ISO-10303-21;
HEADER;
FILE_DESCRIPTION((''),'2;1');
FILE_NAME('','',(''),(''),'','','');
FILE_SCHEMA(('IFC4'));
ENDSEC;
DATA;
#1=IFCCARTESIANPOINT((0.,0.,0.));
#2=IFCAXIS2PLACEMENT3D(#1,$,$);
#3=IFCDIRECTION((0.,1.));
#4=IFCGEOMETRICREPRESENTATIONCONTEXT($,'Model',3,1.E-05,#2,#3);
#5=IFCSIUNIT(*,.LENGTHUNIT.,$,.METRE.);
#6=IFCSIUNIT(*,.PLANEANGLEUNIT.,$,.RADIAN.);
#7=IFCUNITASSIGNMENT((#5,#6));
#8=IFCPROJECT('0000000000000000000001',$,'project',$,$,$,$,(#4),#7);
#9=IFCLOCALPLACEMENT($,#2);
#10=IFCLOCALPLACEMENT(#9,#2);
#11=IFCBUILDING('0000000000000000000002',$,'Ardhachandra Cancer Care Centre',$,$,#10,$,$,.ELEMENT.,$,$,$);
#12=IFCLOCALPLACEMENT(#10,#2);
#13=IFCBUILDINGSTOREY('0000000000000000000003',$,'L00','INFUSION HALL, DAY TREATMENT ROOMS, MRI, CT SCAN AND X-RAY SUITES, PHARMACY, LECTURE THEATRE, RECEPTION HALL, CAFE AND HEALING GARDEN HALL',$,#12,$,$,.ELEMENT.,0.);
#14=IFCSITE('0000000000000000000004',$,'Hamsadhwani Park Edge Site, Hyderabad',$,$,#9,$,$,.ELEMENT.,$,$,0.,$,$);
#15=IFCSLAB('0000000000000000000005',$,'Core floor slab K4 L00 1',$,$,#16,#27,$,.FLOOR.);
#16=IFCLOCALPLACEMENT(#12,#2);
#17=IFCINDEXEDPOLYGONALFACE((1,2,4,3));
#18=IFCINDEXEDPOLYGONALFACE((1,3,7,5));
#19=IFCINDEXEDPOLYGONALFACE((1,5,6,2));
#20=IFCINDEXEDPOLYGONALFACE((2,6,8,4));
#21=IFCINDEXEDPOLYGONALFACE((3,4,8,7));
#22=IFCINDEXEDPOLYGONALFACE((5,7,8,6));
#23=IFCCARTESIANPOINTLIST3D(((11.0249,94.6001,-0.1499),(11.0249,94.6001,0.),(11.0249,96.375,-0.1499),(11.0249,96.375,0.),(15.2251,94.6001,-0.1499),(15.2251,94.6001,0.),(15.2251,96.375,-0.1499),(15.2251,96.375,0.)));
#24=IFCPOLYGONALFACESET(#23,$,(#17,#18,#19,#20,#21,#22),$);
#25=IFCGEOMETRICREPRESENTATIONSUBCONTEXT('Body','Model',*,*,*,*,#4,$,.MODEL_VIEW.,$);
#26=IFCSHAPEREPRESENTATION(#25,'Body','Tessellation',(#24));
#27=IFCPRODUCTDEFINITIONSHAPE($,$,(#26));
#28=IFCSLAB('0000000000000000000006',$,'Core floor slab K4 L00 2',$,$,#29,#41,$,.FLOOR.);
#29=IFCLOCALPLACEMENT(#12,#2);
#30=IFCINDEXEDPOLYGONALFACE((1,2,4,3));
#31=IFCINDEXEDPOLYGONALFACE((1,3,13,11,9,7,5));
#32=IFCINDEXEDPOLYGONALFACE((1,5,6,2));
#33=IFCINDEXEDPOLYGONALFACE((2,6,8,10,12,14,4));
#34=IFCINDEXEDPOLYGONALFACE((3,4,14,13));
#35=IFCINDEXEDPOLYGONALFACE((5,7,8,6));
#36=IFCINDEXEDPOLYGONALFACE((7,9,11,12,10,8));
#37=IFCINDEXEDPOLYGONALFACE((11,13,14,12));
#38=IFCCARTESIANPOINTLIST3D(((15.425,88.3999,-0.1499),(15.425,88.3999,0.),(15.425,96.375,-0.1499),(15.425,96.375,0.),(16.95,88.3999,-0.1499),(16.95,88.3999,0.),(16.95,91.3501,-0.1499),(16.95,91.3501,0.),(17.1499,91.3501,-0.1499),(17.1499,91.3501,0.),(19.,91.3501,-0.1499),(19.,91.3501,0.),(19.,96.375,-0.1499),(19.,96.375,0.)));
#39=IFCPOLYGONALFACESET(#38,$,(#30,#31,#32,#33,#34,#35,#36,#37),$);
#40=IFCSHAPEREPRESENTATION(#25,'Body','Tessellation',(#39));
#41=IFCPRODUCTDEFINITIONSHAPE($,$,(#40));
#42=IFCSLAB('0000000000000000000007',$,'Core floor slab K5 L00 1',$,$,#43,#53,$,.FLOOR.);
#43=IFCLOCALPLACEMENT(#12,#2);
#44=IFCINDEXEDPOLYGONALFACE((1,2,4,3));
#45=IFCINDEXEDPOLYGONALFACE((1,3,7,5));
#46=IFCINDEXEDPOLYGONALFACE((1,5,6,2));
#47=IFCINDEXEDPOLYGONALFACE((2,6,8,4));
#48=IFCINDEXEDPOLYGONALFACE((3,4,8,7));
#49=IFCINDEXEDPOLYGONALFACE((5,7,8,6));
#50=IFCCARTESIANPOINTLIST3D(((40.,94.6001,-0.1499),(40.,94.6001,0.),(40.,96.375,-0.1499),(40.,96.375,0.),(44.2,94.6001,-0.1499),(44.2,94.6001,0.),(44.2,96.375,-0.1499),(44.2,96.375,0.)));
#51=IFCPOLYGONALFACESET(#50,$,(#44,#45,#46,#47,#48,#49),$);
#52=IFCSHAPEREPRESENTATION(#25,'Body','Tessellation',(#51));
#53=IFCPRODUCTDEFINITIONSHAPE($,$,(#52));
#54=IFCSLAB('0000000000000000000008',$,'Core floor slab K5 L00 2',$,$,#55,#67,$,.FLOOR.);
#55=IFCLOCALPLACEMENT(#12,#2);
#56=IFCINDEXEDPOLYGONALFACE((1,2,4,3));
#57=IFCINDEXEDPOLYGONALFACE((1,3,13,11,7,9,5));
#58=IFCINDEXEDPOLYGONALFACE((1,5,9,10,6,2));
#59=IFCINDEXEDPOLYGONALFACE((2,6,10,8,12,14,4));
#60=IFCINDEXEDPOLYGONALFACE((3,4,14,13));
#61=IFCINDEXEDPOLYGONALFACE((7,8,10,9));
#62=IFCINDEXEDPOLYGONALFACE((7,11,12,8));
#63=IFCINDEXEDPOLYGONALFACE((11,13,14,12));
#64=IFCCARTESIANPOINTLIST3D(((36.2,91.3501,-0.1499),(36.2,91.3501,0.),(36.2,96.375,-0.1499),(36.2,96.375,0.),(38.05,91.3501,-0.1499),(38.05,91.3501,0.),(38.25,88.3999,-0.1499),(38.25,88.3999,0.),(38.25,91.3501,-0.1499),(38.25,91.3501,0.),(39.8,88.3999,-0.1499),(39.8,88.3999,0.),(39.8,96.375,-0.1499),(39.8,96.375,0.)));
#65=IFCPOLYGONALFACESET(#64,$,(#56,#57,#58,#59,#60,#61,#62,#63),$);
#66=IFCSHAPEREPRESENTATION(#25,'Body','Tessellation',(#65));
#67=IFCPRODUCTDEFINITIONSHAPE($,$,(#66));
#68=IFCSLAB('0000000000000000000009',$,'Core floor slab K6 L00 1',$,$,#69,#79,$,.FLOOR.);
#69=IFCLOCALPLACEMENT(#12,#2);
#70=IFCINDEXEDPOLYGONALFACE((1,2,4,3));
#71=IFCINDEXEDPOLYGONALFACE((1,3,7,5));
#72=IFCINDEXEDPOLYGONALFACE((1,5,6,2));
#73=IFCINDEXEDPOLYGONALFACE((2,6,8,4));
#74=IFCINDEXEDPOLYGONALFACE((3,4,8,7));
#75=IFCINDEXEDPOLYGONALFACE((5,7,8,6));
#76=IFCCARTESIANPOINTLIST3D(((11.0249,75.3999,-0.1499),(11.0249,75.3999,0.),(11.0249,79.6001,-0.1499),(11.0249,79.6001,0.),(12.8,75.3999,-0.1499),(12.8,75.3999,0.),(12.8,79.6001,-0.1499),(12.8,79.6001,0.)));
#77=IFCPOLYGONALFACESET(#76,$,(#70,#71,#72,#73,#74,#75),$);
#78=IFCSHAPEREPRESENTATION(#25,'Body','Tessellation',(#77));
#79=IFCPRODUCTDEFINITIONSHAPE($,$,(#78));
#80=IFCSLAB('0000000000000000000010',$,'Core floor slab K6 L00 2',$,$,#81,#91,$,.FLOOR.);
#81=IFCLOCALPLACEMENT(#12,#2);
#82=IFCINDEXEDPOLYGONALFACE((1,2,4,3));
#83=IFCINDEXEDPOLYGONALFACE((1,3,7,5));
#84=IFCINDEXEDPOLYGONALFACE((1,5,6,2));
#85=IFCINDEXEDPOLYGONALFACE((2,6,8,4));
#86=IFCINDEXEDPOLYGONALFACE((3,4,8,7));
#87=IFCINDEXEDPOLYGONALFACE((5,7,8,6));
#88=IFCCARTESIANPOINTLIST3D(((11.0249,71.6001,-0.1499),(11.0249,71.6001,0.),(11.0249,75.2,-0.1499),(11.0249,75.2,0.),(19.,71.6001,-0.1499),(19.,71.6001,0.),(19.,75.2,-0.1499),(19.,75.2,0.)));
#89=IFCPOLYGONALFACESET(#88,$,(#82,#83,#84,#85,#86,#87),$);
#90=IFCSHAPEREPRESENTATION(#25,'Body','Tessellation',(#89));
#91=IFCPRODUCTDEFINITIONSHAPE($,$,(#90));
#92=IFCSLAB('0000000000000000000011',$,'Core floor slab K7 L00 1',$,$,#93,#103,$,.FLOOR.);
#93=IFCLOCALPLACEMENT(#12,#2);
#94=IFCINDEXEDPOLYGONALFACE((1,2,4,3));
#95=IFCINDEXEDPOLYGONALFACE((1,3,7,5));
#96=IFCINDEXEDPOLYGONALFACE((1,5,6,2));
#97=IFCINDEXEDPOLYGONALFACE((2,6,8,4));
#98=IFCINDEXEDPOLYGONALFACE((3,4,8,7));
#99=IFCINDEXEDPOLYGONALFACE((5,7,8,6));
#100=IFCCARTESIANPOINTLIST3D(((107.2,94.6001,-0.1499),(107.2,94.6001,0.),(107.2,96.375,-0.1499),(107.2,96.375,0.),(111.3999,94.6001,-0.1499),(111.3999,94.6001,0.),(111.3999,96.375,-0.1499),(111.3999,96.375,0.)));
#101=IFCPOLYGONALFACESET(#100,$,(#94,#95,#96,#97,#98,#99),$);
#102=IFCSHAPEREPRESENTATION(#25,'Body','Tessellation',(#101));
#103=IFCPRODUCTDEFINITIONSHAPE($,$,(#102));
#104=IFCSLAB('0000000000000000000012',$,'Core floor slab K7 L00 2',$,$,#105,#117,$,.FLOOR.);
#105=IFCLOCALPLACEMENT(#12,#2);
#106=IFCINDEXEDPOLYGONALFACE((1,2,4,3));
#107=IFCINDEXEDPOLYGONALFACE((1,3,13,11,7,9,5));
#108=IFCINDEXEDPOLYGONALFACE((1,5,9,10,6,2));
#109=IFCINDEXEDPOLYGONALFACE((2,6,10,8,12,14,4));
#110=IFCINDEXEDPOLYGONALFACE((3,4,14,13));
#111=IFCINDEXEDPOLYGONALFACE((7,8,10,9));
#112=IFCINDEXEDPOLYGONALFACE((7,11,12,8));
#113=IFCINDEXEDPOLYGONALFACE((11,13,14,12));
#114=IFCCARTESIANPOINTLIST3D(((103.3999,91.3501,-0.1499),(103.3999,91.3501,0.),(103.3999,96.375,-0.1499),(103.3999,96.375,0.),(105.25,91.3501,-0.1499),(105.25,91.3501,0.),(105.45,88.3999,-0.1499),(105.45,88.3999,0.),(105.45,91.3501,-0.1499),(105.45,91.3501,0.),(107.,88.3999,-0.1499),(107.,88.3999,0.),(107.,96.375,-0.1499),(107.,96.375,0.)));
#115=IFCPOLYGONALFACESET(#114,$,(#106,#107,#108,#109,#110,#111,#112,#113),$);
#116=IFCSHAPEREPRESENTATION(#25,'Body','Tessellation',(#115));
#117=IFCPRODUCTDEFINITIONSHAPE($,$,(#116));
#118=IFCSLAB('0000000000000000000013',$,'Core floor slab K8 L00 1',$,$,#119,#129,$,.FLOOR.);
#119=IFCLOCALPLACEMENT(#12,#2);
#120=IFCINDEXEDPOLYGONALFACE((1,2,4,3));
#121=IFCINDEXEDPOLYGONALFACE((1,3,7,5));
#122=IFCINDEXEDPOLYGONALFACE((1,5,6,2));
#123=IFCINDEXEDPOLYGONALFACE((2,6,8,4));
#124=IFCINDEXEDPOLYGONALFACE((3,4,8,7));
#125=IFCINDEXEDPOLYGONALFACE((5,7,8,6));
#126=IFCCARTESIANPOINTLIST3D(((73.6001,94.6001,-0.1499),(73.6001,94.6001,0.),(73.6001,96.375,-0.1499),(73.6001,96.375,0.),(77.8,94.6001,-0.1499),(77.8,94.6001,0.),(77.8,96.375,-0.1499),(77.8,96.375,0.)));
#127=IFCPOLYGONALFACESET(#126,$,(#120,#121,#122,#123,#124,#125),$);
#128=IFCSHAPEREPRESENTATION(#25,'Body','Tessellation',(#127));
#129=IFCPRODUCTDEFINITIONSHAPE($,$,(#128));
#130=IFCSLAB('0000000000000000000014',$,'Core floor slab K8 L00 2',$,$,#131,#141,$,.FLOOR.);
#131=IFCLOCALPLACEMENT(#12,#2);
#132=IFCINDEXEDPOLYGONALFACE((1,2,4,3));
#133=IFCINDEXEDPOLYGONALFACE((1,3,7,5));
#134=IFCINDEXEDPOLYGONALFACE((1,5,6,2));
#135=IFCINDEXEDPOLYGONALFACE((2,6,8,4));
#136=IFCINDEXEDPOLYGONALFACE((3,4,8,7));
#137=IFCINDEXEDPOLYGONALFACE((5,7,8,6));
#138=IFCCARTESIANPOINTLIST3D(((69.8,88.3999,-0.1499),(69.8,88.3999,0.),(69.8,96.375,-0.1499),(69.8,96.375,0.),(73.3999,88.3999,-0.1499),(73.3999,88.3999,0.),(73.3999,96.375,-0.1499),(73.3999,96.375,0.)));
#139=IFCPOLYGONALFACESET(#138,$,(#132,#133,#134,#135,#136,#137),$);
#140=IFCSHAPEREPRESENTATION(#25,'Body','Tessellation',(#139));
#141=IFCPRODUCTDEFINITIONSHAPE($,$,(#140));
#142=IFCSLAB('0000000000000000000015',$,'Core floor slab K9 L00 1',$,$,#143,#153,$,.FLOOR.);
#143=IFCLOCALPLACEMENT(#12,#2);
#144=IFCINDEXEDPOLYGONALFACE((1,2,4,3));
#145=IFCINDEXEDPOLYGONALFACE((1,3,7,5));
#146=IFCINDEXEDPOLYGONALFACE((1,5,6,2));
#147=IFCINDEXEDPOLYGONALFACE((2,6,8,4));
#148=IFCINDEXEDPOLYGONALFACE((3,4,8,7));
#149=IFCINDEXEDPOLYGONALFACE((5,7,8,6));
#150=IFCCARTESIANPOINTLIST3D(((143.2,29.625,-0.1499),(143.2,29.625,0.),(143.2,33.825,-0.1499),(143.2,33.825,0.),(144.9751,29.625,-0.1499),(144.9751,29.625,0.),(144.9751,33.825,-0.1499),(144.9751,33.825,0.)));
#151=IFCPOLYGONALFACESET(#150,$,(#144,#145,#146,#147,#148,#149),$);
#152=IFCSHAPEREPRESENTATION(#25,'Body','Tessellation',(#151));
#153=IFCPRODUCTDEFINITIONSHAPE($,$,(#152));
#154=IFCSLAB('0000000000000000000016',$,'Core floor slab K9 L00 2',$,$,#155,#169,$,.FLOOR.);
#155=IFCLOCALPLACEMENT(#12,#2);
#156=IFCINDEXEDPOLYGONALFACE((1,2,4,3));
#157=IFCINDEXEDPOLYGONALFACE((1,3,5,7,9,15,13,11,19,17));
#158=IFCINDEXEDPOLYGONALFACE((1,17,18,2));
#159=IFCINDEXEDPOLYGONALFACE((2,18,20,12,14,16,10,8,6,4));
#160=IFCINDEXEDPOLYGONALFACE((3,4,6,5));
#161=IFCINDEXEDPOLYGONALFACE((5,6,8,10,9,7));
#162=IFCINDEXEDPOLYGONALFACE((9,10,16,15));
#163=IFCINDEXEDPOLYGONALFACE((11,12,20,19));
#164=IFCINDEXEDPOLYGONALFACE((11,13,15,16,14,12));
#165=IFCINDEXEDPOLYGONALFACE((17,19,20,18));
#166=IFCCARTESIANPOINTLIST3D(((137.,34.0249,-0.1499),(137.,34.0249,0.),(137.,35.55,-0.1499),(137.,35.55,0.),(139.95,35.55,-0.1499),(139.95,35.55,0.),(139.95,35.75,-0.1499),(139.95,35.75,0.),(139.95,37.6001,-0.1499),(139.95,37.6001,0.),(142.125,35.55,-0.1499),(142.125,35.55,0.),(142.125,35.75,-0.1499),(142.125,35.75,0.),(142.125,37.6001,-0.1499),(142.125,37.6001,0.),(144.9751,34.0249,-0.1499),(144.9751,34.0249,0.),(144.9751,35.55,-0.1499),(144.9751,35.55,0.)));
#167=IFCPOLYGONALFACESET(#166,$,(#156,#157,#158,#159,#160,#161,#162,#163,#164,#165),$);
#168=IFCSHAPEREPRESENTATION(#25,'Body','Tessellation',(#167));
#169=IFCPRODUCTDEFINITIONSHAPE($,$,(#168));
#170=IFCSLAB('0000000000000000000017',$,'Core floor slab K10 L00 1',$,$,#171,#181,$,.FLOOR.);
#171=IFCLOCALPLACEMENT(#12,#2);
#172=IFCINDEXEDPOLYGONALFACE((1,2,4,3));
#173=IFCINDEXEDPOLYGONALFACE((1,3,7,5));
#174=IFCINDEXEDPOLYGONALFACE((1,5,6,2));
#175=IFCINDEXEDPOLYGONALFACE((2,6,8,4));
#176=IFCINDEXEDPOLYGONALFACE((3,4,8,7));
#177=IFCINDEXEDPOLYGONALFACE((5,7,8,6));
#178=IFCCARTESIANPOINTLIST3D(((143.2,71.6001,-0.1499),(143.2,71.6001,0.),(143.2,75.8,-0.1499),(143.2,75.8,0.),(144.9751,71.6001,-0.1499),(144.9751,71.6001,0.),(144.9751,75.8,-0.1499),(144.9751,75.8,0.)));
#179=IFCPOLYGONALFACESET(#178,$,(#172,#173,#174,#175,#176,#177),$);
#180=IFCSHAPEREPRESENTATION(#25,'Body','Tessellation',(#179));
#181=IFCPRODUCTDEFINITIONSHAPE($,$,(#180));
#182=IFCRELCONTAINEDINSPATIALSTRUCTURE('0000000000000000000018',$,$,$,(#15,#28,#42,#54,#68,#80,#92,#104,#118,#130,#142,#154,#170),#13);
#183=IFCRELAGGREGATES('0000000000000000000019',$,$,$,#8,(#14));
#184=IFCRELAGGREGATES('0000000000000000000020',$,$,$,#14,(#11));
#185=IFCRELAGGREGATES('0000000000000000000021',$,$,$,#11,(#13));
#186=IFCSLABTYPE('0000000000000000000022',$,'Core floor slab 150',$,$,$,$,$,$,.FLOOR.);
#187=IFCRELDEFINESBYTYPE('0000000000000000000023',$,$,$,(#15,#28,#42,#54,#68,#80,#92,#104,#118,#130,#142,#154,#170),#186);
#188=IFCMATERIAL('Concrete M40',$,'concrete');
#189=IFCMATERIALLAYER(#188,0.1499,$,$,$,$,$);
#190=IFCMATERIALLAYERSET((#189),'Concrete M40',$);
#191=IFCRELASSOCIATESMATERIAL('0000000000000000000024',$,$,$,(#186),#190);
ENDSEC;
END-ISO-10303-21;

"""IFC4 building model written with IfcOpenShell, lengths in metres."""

from ifc_helpers import new_model, si_unit, direction, frame, origin, place, context, subcontext, project, spatial, polyline, outline, extrude, material, layer, layer_set, type_object, element, save


model = new_model("IFC4")

# Units and contexts
model_context = context("Model", 3, precision=1e-05, world=origin(), true_north=direction((0.0, 1.0)))
body_context = subcontext(model_context, "Body", "Model", "MODEL_VIEW")
ifc_project = project(units=[si_unit("LENGTHUNIT", "METRE"), si_unit("PLANEANGLEUNIT", "RADIAN")], contexts=[model_context])

# Site, building, storey
site_placement = place(None, origin())
site = spatial("IfcSite", under=ifc_project, at=site_placement, Name="Hamsadhwani Park Edge Site, Hyderabad", CompositionType="ELEMENT", RefElevation=0.0)
building_placement = place(site_placement, origin())
building = spatial("IfcBuilding", under=site, at=building_placement, Name="Ardhachandra Cancer Care Centre", CompositionType="ELEMENT")
storey_placement = place(building_placement, origin())
storey = spatial("IfcBuildingStorey", under=building, at=storey_placement, Name="L00", Description="INFUSION HALL, DAY TREATMENT ROOMS, MRI, CT SCAN AND X-RAY SUITES, PHARMACY, LECTURE THEATRE, RECEPTION HALL, CAFE AND HEALING GARDEN HALL", CompositionType="ELEMENT", Elevation=0.0)

# Slabs
ifc_material_1 = material(Name="Concrete M40", Category="concrete")
ifc_layer_1 = layer(ifc_material_1, 0.1499)
ifc_layer_set_1 = layer_set([ifc_layer_1], Name="Concrete M40")
slab_type_1 = type_object("IfcSlabType", Name="Core floor slab 150", PredefinedType="FLOOR", material=ifc_layer_set_1)
slab_1_placement = place(storey_placement, frame((0.0, 0.0, -0.1499)))
element("IfcSlab", 1, at=slab_1_placement, inside=storey, type_object=slab_type_1, Name="Core floor slab K4 L00 1", PredefinedType="FLOOR", context=body_context, shape_type="SweptSolid", body=[
    extrude(outline(polyline([(15.2251, 96.375), (15.2251, 94.6001), (11.0249, 94.6001), (11.0249, 96.375), (15.2251, 96.375)])), origin(), (0.0, 0.0, 1.0), 0.1499),
])
slab_2_placement = place(storey_placement, frame((0.0, 0.0, -0.1499)))
element("IfcSlab", 2, at=slab_2_placement, inside=storey, type_object=slab_type_1, Name="Core floor slab K4 L00 2", PredefinedType="FLOOR", context=body_context, shape_type="SweptSolid", body=[
    extrude(outline(polyline([(19.0, 91.3501), (17.1499, 91.3501), (16.95, 91.3501), (16.95, 88.3999), (15.425, 88.3999), (15.425, 96.375), (19.0, 96.375), (19.0, 91.3501)])), origin(), (0.0, 0.0, 1.0), 0.1499),
])
slab_3_placement = place(storey_placement, frame((0.0, 0.0, -0.1499)))
element("IfcSlab", 3, at=slab_3_placement, inside=storey, type_object=slab_type_1, Name="Core floor slab K5 L00 1", PredefinedType="FLOOR", context=body_context, shape_type="SweptSolid", body=[
    extrude(outline(polyline([(44.2, 94.6001), (40.0, 94.6001), (40.0, 96.375), (44.2, 96.375), (44.2, 94.6001)])), origin(), (0.0, 0.0, 1.0), 0.1499),
])
slab_4_placement = place(storey_placement, frame((0.0, 0.0, -0.1499)))
element("IfcSlab", 4, at=slab_4_placement, inside=storey, type_object=slab_type_1, Name="Core floor slab K5 L00 2", PredefinedType="FLOOR", context=body_context, shape_type="SweptSolid", body=[
    extrude(outline(polyline([(39.8, 96.375), (39.8, 88.3999), (38.25, 88.3999), (38.25, 91.3501), (38.05, 91.3501), (36.2, 91.3501), (36.2, 96.375), (39.8, 96.375)])), origin(), (0.0, 0.0, 1.0), 0.1499),
])
slab_5_placement = place(storey_placement, frame((0.0, 0.0, -0.1499)))
element("IfcSlab", 5, at=slab_5_placement, inside=storey, type_object=slab_type_1, Name="Core floor slab K6 L00 1", PredefinedType="FLOOR", context=body_context, shape_type="SweptSolid", body=[
    extrude(outline(polyline([(12.8, 79.6001), (12.8, 75.3999), (11.0249, 75.3999), (11.0249, 79.6001), (12.8, 79.6001)])), origin(), (0.0, 0.0, 1.0), 0.1499),
])
slab_6_placement = place(storey_placement, frame((0.0, 0.0, -0.1499)))
element("IfcSlab", 6, at=slab_6_placement, inside=storey, type_object=slab_type_1, Name="Core floor slab K6 L00 2", PredefinedType="FLOOR", context=body_context, shape_type="SweptSolid", body=[
    extrude(outline(polyline([(11.0249, 75.2), (19.0, 75.2), (19.0, 71.6001), (11.0249, 71.6001), (11.0249, 75.2)])), origin(), (0.0, 0.0, 1.0), 0.1499),
])
slab_7_placement = place(storey_placement, frame((0.0, 0.0, -0.1499)))
element("IfcSlab", 7, at=slab_7_placement, inside=storey, type_object=slab_type_1, Name="Core floor slab K7 L00 1", PredefinedType="FLOOR", context=body_context, shape_type="SweptSolid", body=[
    extrude(outline(polyline([(111.3999, 94.6001), (107.2, 94.6001), (107.2, 96.375), (111.3999, 96.375), (111.3999, 94.6001)])), origin(), (0.0, 0.0, 1.0), 0.1499),
])
slab_8_placement = place(storey_placement, frame((0.0, 0.0, -0.1499)))
element("IfcSlab", 8, at=slab_8_placement, inside=storey, type_object=slab_type_1, Name="Core floor slab K7 L00 2", PredefinedType="FLOOR", context=body_context, shape_type="SweptSolid", body=[
    extrude(outline(polyline([(107.0, 96.375), (107.0, 88.3999), (105.45, 88.3999), (105.45, 91.3501), (105.25, 91.3501), (103.3999, 91.3501), (103.3999, 96.375), (107.0, 96.375)])), origin(), (0.0, 0.0, 1.0), 0.1499),
])
slab_9_placement = place(storey_placement, frame((0.0, 0.0, -0.1499)))
element("IfcSlab", 9, at=slab_9_placement, inside=storey, type_object=slab_type_1, Name="Core floor slab K8 L00 1", PredefinedType="FLOOR", context=body_context, shape_type="SweptSolid", body=[
    extrude(outline(polyline([(77.8, 94.6001), (73.6001, 94.6001), (73.6001, 96.375), (77.8, 96.375), (77.8, 94.6001)])), origin(), (0.0, 0.0, 1.0), 0.1499),
])
slab_10_placement = place(storey_placement, frame((0.0, 0.0, -0.1499)))
element("IfcSlab", 10, at=slab_10_placement, inside=storey, type_object=slab_type_1, Name="Core floor slab K8 L00 2", PredefinedType="FLOOR", context=body_context, shape_type="SweptSolid", body=[
    extrude(outline(polyline([(73.3999, 96.375), (73.3999, 88.3999), (69.8, 88.3999), (69.8, 96.375), (73.3999, 96.375)])), origin(), (0.0, 0.0, 1.0), 0.1499),
])
slab_11_placement = place(storey_placement, frame((0.0, 0.0, -0.1499)))
element("IfcSlab", 11, at=slab_11_placement, inside=storey, type_object=slab_type_1, Name="Core floor slab K9 L00 1", PredefinedType="FLOOR", context=body_context, shape_type="SweptSolid", body=[
    extrude(outline(polyline([(143.2, 29.625), (143.2, 33.825), (144.9751, 33.825), (144.9751, 29.625), (143.2, 29.625)])), origin(), (0.0, 0.0, 1.0), 0.1499),
])
slab_12_placement = place(storey_placement, frame((0.0, 0.0, -0.1499)))
element("IfcSlab", 12, at=slab_12_placement, inside=storey, type_object=slab_type_1, Name="Core floor slab K9 L00 2", PredefinedType="FLOOR", context=body_context, shape_type="SweptSolid", body=[
    extrude(outline(polyline([(137.0, 35.55), (139.95, 35.55), (139.95, 35.75), (139.95, 37.6001), (142.125, 37.6001), (142.125, 35.75), (142.125, 35.55), (144.9751, 35.55), (144.9751, 34.0249), (137.0, 34.0249), (137.0, 35.55)])), origin(), (0.0, 0.0, 1.0), 0.1499),
])
slab_13_placement = place(storey_placement, frame((0.0, 0.0, -0.1499)))
element("IfcSlab", 13, at=slab_13_placement, inside=storey, type_object=slab_type_1, Name="Core floor slab K10 L00 1", PredefinedType="FLOOR", context=body_context, shape_type="SweptSolid", body=[
    extrude(outline(polyline([(143.2, 71.6001), (143.2, 75.8), (144.9751, 75.8), (144.9751, 71.6001), (143.2, 71.6001)])), origin(), (0.0, 0.0, 1.0), 0.1499),
])

save(model, "model.ifc")
